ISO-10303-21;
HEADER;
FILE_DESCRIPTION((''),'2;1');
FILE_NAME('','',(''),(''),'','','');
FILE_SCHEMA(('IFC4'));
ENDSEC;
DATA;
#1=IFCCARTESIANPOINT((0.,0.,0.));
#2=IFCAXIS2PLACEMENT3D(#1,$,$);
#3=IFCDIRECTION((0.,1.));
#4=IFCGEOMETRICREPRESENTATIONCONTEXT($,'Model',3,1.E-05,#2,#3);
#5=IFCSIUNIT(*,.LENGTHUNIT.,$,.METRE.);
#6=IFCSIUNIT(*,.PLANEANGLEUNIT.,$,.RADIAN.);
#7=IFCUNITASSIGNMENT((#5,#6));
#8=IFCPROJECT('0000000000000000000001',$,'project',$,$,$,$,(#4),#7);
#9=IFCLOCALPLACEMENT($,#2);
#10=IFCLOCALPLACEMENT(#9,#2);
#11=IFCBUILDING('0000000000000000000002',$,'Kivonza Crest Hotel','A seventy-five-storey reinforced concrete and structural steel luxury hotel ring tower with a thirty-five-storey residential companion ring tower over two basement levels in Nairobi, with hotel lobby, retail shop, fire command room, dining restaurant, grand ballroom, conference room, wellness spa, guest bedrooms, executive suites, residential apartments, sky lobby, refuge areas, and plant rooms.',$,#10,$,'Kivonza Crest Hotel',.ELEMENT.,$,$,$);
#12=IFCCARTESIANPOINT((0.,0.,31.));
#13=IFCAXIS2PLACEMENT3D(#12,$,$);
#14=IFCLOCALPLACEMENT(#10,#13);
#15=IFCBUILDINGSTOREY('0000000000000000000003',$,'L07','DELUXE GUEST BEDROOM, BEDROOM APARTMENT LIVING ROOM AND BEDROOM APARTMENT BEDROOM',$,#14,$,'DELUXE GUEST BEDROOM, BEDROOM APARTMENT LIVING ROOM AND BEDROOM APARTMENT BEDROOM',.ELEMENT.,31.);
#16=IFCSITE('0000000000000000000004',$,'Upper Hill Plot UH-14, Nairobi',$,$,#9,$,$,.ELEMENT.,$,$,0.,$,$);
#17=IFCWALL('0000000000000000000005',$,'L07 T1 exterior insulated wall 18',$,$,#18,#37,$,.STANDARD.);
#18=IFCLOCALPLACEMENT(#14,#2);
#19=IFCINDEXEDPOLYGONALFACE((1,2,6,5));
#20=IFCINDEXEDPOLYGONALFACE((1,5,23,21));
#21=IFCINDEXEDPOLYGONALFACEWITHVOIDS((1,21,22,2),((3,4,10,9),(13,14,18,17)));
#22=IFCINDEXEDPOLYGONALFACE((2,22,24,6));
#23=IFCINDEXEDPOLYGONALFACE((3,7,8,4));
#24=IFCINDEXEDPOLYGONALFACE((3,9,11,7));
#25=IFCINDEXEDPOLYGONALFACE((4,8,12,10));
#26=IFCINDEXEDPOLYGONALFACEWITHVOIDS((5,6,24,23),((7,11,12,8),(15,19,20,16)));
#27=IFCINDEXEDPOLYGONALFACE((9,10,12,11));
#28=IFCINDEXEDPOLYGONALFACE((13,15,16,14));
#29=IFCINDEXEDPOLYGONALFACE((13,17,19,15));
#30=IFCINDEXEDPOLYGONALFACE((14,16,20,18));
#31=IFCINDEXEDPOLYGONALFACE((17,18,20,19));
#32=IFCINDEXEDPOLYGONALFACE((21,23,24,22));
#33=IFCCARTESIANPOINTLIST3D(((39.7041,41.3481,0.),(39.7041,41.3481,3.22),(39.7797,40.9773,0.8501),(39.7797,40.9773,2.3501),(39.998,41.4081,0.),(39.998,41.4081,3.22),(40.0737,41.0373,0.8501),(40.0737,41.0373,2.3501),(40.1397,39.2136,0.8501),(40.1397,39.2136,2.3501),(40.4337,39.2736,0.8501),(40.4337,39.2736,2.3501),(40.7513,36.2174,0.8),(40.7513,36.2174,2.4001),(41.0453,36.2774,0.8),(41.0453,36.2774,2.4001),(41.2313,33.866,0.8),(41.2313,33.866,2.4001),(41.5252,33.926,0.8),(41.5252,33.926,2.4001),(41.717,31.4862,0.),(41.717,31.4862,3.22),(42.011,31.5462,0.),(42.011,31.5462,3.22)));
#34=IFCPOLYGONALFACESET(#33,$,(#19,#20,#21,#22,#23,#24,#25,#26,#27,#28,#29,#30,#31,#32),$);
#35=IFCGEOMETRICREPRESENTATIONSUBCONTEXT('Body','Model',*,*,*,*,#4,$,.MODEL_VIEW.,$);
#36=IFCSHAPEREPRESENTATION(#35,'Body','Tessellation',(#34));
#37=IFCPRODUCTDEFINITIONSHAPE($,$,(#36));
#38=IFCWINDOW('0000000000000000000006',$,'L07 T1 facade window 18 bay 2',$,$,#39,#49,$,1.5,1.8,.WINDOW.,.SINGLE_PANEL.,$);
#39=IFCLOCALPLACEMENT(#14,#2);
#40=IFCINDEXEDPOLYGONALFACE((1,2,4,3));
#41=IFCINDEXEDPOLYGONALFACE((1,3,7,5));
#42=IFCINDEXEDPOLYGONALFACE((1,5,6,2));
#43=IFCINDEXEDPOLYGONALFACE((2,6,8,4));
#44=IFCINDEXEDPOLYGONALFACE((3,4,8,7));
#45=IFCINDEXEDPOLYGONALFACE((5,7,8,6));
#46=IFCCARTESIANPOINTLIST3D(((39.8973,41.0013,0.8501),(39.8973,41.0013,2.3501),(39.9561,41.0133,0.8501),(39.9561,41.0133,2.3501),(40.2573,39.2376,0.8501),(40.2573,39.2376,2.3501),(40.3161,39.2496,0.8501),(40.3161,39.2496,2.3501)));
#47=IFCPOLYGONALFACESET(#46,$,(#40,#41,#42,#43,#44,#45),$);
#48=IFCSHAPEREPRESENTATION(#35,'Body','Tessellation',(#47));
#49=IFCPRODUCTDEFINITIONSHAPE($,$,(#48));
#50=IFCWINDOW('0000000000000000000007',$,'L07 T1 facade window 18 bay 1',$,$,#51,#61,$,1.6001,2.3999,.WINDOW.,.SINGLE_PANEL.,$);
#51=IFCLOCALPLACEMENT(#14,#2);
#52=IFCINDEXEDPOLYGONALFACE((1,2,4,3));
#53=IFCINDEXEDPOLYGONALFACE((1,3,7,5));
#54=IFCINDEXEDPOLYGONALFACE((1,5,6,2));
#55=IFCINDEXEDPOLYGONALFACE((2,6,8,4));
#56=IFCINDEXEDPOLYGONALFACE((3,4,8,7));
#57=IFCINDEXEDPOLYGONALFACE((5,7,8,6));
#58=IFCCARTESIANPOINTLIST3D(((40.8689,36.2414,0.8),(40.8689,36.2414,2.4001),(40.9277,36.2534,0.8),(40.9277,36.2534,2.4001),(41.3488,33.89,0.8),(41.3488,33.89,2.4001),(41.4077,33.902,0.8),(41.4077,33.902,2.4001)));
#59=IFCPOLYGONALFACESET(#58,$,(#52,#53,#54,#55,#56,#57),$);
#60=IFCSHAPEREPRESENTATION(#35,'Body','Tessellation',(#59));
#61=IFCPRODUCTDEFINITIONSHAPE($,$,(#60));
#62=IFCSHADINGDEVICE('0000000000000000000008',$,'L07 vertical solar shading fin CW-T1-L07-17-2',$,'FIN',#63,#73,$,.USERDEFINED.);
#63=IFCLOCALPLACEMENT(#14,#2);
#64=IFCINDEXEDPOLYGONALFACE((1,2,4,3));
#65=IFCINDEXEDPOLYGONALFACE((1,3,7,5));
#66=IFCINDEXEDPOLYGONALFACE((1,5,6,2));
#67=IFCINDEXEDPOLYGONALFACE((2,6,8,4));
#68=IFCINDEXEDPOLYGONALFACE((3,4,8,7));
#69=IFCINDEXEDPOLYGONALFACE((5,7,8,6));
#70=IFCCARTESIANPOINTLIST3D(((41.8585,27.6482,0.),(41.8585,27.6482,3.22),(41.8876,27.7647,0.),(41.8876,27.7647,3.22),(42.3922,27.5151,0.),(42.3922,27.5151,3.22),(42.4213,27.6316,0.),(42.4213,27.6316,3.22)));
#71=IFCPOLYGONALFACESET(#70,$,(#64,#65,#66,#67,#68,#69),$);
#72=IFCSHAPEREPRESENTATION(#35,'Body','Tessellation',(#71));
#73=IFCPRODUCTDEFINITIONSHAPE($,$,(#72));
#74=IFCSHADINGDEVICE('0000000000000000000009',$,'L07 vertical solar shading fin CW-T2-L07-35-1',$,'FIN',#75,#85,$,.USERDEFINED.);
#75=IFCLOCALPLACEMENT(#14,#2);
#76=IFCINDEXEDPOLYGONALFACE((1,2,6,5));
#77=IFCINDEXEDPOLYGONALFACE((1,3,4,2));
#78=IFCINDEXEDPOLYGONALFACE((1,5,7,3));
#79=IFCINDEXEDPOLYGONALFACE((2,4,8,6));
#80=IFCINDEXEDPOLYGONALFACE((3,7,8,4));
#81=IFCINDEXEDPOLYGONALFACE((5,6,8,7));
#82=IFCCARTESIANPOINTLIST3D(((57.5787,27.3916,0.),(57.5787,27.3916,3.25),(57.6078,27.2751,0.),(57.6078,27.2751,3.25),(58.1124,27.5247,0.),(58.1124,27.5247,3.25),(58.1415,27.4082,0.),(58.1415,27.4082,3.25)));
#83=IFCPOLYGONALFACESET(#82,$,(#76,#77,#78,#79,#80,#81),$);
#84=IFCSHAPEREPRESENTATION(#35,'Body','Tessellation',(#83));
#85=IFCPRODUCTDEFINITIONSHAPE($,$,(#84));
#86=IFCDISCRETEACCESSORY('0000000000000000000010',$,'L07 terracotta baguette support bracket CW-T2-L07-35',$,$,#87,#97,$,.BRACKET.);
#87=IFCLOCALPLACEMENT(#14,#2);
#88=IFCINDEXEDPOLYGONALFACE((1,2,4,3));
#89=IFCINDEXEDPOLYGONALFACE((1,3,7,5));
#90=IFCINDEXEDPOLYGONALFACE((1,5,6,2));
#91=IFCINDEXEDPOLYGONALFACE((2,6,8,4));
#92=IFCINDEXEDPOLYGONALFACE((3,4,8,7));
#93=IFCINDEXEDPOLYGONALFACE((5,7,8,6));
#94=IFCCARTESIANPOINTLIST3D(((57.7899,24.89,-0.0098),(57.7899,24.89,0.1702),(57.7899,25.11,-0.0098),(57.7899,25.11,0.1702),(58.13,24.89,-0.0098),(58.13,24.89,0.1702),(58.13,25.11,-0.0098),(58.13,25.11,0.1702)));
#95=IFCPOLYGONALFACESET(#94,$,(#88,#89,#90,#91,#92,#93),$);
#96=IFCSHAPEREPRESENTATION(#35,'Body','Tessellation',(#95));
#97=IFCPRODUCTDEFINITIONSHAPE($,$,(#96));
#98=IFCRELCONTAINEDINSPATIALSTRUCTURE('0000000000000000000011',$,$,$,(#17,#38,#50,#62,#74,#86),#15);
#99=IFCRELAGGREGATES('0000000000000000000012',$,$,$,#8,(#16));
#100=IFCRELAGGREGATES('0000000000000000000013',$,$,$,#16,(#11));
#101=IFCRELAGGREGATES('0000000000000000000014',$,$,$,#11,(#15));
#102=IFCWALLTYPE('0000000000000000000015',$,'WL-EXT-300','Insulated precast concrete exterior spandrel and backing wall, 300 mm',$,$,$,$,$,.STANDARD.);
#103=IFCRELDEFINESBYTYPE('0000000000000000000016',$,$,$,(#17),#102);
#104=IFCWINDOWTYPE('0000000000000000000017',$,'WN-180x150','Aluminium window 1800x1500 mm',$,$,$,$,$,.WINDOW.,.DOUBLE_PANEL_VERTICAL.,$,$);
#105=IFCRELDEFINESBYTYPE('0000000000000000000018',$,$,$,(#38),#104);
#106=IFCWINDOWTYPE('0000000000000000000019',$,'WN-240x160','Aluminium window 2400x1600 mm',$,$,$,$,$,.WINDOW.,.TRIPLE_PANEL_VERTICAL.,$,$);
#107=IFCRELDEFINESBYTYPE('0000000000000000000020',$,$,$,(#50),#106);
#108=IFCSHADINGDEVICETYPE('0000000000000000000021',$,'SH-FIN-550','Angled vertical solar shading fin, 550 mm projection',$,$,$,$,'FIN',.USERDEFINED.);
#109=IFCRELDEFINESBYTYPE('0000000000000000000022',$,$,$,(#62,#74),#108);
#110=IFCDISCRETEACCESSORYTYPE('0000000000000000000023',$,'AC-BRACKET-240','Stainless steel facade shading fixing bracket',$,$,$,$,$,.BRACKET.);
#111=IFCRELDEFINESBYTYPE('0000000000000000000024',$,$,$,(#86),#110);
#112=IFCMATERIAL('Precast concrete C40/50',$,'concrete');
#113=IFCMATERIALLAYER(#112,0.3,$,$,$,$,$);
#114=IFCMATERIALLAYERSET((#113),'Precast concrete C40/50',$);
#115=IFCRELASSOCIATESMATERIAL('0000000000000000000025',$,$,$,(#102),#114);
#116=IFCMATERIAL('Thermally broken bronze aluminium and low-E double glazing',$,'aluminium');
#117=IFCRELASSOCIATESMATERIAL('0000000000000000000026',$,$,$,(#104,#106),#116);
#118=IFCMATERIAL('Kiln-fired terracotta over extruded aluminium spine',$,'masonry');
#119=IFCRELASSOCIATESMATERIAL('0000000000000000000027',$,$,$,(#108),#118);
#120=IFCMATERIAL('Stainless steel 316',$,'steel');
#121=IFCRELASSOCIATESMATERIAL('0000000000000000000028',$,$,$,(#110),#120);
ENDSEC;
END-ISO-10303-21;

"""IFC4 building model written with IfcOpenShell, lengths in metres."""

from ifc_helpers import new_model, si_unit, direction, frame, frame_2d, origin, origin_2d, place, context, subcontext, project, spatial, rectangle, extrude, material, layer, layer_set, type_object, element, fill, save


model = new_model("IFC4")

# Units and contexts
model_context = context("Model", 3, precision=1e-05, world=origin(), true_north=direction((0.0, 1.0)))
body_context = subcontext(model_context, "Body", "Model", "MODEL_VIEW")
ifc_project = project(units=[si_unit("LENGTHUNIT", "METRE"), si_unit("PLANEANGLEUNIT", "RADIAN")], contexts=[model_context])

# Site, building, storey
site_placement = place(None, origin())
site = spatial("IfcSite", under=ifc_project, at=site_placement, Name="Upper Hill Plot UH-14, Nairobi", CompositionType="ELEMENT", RefElevation=0.0)
building_placement = place(site_placement, origin())
building = spatial("IfcBuilding", under=site, at=building_placement, Name="Kivonza Crest Hotel", Description="A seventy-five-storey reinforced concrete and structural steel luxury hotel ring tower with a thirty-five-storey residential companion ring tower over two basement levels in Nairobi, with hotel lobby, retail shop, fire command room, dining restaurant, grand ballroom, conference room, wellness spa, guest bedrooms, executive suites, residential apartments, sky lobby, refuge areas, and plant rooms.", LongName="Kivonza Crest Hotel", CompositionType="ELEMENT")
storey_placement = place(building_placement, frame((0.0, 0.0, 31.0)))
storey = spatial("IfcBuildingStorey", under=building, at=storey_placement, Name="L07", Description="DELUXE GUEST BEDROOM, BEDROOM APARTMENT LIVING ROOM AND BEDROOM APARTMENT BEDROOM", LongName="DELUXE GUEST BEDROOM, BEDROOM APARTMENT LIVING ROOM AND BEDROOM APARTMENT BEDROOM", CompositionType="ELEMENT", Elevation=31.0)

# Wall, openings, windows
ifc_material_1 = material(Name="Precast concrete C40/50", Category="concrete")
ifc_layer_1 = layer(ifc_material_1, 0.3)
ifc_layer_set_1 = layer_set([ifc_layer_1], Name="Precast concrete C40/50")
wall_type_1 = type_object("IfcWallType", Name="WL-EXT-300", Description="Insulated precast concrete exterior spandrel and backing wall, 300 mm", PredefinedType="STANDARD", material=ifc_layer_set_1)
wall_1_placement = place(storey_placement, frame((41.864, 31.5161, 0.0), z_axis=(0.0, 0.0, 1.0), x_axis=(-0.199991, 0.979798, 0.0)))
wall_1 = element("IfcWall", 1, at=wall_1_placement, inside=storey, type_object=wall_type_1, Name="L07 T1 exterior insulated wall 18", PredefinedType="STANDARD", context=body_context, shape_type="SweptSolid", body=[
    extrude(rectangle(XDim=10.0652, YDim=0.3, at=frame_2d((5.0327, 0.0))), origin(), (0.0, 0.0, 1.0), 3.22),
])
opening_1_placement = place(wall_1_placement, frame((2.429, 0.0, 0.8)))
opening_1 = element("IfcOpeningElement", 2, at=opening_1_placement, cuts=wall_1, PredefinedType="OPENING", context=body_context, shape_type="SweptSolid", body=[
    extrude(rectangle(XDim=2.3999, YDim=1.6001, at=frame_2d((1.2, 0.8))), frame((0.0, 0.1602, 0.0), z_axis=(0.0, -1.0, 0.0), x_axis=(1.0, 0.0, 0.0)), (0.0, 0.0, 1.0), 0.3201),
])
opening_2_placement = place(wall_1_placement, frame((7.887, 0.0, 0.8501)))
opening_2 = element("IfcOpeningElement", 3, at=opening_2_placement, cuts=wall_1, PredefinedType="OPENING", context=body_context, shape_type="SweptSolid", body=[
    extrude(rectangle(XDim=1.8, YDim=1.5, at=frame_2d((0.8999, 0.75))), frame((0.0, 0.1602, 0.0), z_axis=(0.0, -1.0, 0.0), x_axis=(1.0, 0.0, 0.0)), (0.0, 0.0, 1.0), 0.3201),
])
ifc_material_2 = material(Name="Thermally broken bronze aluminium and low-E double glazing", Category="aluminium")
window_type_1 = type_object("IfcWindowType", Name="WN-180x150", Description="Aluminium window 1800x1500 mm", PartitioningType="DOUBLE_PANEL_VERTICAL", PredefinedType="WINDOW", material=ifc_material_2)
window_1_placement = place(opening_2_placement, origin())
window_1 = element("IfcWindow", 4, at=window_1_placement, inside=storey, type_object=window_type_1, Name="L07 T1 facade window 18 bay 2", OverallHeight=1.5, OverallWidth=1.8, PartitioningType="SINGLE_PANEL", PredefinedType="WINDOW", context=body_context, shape_type="SweptSolid", body=[
    extrude(rectangle(XDim=1.8, YDim=1.5, at=frame_2d((0.8999, 0.75))), frame((0.0, 0.03, 0.0), z_axis=(0.0, -1.0, 0.0), x_axis=(1.0, 0.0, 0.0)), (0.0, 0.0, 1.0), 0.0601),
])
fill(opening_2, window_1)
window_type_2 = type_object("IfcWindowType", Name="WN-240x160", Description="Aluminium window 2400x1600 mm", PartitioningType="TRIPLE_PANEL_VERTICAL", PredefinedType="WINDOW", material=ifc_material_2)
window_2_placement = place(opening_1_placement, origin())
window_2 = element("IfcWindow", 5, at=window_2_placement, inside=storey, type_object=window_type_2, Name="L07 T1 facade window 18 bay 1", OverallHeight=1.6001, OverallWidth=2.3999, PartitioningType="SINGLE_PANEL", PredefinedType="WINDOW", context=body_context, shape_type="SweptSolid", body=[
    extrude(rectangle(XDim=2.3999, YDim=1.6001, at=frame_2d((1.2, 0.8))), frame((0.0, 0.03, 0.0), z_axis=(0.0, -1.0, 0.0), x_axis=(1.0, 0.0, 0.0)), (0.0, 0.0, 1.0), 0.0601),
])
fill(opening_1, window_2)

# Shading devices
ifc_material_3 = material(Name="Kiln-fired terracotta over extruded aluminium spine", Category="masonry")
shading_device_type = type_object("IfcShadingDeviceType", Name="SH-FIN-550", Description="Angled vertical solar shading fin, 550 mm projection", ElementType="FIN", PredefinedType="USERDEFINED", material=ifc_material_3)
shading_device_1_placement = place(storey_placement, frame((42.1399, 27.6399, 0.0), z_axis=(0.0, 0.0, 1.0), x_axis=(0.241922, 0.970296, 0.0)))
element("IfcShadingDevice", 6, at=shading_device_1_placement, inside=storey, type_object=shading_device_type, Name="L07 vertical solar shading fin CW-T1-L07-17-2", ObjectType="FIN", PredefinedType="USERDEFINED", context=body_context, shape_type="SweptSolid", body=[
    extrude(rectangle(XDim=0.1201, YDim=0.55, at=origin_2d()), origin(), (0.0, 0.0, 1.0), 3.22),
])
shading_device_2_placement = place(storey_placement, frame((57.8601, 27.3999, 0.0), z_axis=(0.0, 0.0, 1.0), x_axis=(0.241922, -0.970296, 0.0)))
element("IfcShadingDevice", 7, at=shading_device_2_placement, inside=storey, type_object=shading_device_type, Name="L07 vertical solar shading fin CW-T2-L07-35-1", ObjectType="FIN", PredefinedType="USERDEFINED", context=body_context, shape_type="SweptSolid", body=[
    extrude(rectangle(XDim=0.1201, YDim=0.55, at=origin_2d()), origin(), (0.0, 0.0, 1.0), 3.25),
])

# Discrete accessory
ifc_material_4 = material(Name="Stainless steel 316", Category="steel")
discrete_accessory_type = type_object("IfcDiscreteAccessoryType", Name="AC-BRACKET-240", Description="Stainless steel facade shading fixing bracket", PredefinedType="BRACKET", material=ifc_material_4)
discrete_accessory_placement = place(storey_placement, frame((57.96, 25.0, -0.0098), z_axis=(0.0, 0.0, 1.0), x_axis=(0.0, -1.0, 0.0)))
element("IfcDiscreteAccessory", 8, at=discrete_accessory_placement, inside=storey, type_object=discrete_accessory_type, Name="L07 terracotta baguette support bracket CW-T2-L07-35", PredefinedType="BRACKET", context=body_context, shape_type="SweptSolid", body=[
    extrude(rectangle(XDim=0.22, YDim=0.3401, at=origin_2d()), origin(), (0.0, 0.0, 1.0), 0.1799),
])

save(model, "model.ifc")
